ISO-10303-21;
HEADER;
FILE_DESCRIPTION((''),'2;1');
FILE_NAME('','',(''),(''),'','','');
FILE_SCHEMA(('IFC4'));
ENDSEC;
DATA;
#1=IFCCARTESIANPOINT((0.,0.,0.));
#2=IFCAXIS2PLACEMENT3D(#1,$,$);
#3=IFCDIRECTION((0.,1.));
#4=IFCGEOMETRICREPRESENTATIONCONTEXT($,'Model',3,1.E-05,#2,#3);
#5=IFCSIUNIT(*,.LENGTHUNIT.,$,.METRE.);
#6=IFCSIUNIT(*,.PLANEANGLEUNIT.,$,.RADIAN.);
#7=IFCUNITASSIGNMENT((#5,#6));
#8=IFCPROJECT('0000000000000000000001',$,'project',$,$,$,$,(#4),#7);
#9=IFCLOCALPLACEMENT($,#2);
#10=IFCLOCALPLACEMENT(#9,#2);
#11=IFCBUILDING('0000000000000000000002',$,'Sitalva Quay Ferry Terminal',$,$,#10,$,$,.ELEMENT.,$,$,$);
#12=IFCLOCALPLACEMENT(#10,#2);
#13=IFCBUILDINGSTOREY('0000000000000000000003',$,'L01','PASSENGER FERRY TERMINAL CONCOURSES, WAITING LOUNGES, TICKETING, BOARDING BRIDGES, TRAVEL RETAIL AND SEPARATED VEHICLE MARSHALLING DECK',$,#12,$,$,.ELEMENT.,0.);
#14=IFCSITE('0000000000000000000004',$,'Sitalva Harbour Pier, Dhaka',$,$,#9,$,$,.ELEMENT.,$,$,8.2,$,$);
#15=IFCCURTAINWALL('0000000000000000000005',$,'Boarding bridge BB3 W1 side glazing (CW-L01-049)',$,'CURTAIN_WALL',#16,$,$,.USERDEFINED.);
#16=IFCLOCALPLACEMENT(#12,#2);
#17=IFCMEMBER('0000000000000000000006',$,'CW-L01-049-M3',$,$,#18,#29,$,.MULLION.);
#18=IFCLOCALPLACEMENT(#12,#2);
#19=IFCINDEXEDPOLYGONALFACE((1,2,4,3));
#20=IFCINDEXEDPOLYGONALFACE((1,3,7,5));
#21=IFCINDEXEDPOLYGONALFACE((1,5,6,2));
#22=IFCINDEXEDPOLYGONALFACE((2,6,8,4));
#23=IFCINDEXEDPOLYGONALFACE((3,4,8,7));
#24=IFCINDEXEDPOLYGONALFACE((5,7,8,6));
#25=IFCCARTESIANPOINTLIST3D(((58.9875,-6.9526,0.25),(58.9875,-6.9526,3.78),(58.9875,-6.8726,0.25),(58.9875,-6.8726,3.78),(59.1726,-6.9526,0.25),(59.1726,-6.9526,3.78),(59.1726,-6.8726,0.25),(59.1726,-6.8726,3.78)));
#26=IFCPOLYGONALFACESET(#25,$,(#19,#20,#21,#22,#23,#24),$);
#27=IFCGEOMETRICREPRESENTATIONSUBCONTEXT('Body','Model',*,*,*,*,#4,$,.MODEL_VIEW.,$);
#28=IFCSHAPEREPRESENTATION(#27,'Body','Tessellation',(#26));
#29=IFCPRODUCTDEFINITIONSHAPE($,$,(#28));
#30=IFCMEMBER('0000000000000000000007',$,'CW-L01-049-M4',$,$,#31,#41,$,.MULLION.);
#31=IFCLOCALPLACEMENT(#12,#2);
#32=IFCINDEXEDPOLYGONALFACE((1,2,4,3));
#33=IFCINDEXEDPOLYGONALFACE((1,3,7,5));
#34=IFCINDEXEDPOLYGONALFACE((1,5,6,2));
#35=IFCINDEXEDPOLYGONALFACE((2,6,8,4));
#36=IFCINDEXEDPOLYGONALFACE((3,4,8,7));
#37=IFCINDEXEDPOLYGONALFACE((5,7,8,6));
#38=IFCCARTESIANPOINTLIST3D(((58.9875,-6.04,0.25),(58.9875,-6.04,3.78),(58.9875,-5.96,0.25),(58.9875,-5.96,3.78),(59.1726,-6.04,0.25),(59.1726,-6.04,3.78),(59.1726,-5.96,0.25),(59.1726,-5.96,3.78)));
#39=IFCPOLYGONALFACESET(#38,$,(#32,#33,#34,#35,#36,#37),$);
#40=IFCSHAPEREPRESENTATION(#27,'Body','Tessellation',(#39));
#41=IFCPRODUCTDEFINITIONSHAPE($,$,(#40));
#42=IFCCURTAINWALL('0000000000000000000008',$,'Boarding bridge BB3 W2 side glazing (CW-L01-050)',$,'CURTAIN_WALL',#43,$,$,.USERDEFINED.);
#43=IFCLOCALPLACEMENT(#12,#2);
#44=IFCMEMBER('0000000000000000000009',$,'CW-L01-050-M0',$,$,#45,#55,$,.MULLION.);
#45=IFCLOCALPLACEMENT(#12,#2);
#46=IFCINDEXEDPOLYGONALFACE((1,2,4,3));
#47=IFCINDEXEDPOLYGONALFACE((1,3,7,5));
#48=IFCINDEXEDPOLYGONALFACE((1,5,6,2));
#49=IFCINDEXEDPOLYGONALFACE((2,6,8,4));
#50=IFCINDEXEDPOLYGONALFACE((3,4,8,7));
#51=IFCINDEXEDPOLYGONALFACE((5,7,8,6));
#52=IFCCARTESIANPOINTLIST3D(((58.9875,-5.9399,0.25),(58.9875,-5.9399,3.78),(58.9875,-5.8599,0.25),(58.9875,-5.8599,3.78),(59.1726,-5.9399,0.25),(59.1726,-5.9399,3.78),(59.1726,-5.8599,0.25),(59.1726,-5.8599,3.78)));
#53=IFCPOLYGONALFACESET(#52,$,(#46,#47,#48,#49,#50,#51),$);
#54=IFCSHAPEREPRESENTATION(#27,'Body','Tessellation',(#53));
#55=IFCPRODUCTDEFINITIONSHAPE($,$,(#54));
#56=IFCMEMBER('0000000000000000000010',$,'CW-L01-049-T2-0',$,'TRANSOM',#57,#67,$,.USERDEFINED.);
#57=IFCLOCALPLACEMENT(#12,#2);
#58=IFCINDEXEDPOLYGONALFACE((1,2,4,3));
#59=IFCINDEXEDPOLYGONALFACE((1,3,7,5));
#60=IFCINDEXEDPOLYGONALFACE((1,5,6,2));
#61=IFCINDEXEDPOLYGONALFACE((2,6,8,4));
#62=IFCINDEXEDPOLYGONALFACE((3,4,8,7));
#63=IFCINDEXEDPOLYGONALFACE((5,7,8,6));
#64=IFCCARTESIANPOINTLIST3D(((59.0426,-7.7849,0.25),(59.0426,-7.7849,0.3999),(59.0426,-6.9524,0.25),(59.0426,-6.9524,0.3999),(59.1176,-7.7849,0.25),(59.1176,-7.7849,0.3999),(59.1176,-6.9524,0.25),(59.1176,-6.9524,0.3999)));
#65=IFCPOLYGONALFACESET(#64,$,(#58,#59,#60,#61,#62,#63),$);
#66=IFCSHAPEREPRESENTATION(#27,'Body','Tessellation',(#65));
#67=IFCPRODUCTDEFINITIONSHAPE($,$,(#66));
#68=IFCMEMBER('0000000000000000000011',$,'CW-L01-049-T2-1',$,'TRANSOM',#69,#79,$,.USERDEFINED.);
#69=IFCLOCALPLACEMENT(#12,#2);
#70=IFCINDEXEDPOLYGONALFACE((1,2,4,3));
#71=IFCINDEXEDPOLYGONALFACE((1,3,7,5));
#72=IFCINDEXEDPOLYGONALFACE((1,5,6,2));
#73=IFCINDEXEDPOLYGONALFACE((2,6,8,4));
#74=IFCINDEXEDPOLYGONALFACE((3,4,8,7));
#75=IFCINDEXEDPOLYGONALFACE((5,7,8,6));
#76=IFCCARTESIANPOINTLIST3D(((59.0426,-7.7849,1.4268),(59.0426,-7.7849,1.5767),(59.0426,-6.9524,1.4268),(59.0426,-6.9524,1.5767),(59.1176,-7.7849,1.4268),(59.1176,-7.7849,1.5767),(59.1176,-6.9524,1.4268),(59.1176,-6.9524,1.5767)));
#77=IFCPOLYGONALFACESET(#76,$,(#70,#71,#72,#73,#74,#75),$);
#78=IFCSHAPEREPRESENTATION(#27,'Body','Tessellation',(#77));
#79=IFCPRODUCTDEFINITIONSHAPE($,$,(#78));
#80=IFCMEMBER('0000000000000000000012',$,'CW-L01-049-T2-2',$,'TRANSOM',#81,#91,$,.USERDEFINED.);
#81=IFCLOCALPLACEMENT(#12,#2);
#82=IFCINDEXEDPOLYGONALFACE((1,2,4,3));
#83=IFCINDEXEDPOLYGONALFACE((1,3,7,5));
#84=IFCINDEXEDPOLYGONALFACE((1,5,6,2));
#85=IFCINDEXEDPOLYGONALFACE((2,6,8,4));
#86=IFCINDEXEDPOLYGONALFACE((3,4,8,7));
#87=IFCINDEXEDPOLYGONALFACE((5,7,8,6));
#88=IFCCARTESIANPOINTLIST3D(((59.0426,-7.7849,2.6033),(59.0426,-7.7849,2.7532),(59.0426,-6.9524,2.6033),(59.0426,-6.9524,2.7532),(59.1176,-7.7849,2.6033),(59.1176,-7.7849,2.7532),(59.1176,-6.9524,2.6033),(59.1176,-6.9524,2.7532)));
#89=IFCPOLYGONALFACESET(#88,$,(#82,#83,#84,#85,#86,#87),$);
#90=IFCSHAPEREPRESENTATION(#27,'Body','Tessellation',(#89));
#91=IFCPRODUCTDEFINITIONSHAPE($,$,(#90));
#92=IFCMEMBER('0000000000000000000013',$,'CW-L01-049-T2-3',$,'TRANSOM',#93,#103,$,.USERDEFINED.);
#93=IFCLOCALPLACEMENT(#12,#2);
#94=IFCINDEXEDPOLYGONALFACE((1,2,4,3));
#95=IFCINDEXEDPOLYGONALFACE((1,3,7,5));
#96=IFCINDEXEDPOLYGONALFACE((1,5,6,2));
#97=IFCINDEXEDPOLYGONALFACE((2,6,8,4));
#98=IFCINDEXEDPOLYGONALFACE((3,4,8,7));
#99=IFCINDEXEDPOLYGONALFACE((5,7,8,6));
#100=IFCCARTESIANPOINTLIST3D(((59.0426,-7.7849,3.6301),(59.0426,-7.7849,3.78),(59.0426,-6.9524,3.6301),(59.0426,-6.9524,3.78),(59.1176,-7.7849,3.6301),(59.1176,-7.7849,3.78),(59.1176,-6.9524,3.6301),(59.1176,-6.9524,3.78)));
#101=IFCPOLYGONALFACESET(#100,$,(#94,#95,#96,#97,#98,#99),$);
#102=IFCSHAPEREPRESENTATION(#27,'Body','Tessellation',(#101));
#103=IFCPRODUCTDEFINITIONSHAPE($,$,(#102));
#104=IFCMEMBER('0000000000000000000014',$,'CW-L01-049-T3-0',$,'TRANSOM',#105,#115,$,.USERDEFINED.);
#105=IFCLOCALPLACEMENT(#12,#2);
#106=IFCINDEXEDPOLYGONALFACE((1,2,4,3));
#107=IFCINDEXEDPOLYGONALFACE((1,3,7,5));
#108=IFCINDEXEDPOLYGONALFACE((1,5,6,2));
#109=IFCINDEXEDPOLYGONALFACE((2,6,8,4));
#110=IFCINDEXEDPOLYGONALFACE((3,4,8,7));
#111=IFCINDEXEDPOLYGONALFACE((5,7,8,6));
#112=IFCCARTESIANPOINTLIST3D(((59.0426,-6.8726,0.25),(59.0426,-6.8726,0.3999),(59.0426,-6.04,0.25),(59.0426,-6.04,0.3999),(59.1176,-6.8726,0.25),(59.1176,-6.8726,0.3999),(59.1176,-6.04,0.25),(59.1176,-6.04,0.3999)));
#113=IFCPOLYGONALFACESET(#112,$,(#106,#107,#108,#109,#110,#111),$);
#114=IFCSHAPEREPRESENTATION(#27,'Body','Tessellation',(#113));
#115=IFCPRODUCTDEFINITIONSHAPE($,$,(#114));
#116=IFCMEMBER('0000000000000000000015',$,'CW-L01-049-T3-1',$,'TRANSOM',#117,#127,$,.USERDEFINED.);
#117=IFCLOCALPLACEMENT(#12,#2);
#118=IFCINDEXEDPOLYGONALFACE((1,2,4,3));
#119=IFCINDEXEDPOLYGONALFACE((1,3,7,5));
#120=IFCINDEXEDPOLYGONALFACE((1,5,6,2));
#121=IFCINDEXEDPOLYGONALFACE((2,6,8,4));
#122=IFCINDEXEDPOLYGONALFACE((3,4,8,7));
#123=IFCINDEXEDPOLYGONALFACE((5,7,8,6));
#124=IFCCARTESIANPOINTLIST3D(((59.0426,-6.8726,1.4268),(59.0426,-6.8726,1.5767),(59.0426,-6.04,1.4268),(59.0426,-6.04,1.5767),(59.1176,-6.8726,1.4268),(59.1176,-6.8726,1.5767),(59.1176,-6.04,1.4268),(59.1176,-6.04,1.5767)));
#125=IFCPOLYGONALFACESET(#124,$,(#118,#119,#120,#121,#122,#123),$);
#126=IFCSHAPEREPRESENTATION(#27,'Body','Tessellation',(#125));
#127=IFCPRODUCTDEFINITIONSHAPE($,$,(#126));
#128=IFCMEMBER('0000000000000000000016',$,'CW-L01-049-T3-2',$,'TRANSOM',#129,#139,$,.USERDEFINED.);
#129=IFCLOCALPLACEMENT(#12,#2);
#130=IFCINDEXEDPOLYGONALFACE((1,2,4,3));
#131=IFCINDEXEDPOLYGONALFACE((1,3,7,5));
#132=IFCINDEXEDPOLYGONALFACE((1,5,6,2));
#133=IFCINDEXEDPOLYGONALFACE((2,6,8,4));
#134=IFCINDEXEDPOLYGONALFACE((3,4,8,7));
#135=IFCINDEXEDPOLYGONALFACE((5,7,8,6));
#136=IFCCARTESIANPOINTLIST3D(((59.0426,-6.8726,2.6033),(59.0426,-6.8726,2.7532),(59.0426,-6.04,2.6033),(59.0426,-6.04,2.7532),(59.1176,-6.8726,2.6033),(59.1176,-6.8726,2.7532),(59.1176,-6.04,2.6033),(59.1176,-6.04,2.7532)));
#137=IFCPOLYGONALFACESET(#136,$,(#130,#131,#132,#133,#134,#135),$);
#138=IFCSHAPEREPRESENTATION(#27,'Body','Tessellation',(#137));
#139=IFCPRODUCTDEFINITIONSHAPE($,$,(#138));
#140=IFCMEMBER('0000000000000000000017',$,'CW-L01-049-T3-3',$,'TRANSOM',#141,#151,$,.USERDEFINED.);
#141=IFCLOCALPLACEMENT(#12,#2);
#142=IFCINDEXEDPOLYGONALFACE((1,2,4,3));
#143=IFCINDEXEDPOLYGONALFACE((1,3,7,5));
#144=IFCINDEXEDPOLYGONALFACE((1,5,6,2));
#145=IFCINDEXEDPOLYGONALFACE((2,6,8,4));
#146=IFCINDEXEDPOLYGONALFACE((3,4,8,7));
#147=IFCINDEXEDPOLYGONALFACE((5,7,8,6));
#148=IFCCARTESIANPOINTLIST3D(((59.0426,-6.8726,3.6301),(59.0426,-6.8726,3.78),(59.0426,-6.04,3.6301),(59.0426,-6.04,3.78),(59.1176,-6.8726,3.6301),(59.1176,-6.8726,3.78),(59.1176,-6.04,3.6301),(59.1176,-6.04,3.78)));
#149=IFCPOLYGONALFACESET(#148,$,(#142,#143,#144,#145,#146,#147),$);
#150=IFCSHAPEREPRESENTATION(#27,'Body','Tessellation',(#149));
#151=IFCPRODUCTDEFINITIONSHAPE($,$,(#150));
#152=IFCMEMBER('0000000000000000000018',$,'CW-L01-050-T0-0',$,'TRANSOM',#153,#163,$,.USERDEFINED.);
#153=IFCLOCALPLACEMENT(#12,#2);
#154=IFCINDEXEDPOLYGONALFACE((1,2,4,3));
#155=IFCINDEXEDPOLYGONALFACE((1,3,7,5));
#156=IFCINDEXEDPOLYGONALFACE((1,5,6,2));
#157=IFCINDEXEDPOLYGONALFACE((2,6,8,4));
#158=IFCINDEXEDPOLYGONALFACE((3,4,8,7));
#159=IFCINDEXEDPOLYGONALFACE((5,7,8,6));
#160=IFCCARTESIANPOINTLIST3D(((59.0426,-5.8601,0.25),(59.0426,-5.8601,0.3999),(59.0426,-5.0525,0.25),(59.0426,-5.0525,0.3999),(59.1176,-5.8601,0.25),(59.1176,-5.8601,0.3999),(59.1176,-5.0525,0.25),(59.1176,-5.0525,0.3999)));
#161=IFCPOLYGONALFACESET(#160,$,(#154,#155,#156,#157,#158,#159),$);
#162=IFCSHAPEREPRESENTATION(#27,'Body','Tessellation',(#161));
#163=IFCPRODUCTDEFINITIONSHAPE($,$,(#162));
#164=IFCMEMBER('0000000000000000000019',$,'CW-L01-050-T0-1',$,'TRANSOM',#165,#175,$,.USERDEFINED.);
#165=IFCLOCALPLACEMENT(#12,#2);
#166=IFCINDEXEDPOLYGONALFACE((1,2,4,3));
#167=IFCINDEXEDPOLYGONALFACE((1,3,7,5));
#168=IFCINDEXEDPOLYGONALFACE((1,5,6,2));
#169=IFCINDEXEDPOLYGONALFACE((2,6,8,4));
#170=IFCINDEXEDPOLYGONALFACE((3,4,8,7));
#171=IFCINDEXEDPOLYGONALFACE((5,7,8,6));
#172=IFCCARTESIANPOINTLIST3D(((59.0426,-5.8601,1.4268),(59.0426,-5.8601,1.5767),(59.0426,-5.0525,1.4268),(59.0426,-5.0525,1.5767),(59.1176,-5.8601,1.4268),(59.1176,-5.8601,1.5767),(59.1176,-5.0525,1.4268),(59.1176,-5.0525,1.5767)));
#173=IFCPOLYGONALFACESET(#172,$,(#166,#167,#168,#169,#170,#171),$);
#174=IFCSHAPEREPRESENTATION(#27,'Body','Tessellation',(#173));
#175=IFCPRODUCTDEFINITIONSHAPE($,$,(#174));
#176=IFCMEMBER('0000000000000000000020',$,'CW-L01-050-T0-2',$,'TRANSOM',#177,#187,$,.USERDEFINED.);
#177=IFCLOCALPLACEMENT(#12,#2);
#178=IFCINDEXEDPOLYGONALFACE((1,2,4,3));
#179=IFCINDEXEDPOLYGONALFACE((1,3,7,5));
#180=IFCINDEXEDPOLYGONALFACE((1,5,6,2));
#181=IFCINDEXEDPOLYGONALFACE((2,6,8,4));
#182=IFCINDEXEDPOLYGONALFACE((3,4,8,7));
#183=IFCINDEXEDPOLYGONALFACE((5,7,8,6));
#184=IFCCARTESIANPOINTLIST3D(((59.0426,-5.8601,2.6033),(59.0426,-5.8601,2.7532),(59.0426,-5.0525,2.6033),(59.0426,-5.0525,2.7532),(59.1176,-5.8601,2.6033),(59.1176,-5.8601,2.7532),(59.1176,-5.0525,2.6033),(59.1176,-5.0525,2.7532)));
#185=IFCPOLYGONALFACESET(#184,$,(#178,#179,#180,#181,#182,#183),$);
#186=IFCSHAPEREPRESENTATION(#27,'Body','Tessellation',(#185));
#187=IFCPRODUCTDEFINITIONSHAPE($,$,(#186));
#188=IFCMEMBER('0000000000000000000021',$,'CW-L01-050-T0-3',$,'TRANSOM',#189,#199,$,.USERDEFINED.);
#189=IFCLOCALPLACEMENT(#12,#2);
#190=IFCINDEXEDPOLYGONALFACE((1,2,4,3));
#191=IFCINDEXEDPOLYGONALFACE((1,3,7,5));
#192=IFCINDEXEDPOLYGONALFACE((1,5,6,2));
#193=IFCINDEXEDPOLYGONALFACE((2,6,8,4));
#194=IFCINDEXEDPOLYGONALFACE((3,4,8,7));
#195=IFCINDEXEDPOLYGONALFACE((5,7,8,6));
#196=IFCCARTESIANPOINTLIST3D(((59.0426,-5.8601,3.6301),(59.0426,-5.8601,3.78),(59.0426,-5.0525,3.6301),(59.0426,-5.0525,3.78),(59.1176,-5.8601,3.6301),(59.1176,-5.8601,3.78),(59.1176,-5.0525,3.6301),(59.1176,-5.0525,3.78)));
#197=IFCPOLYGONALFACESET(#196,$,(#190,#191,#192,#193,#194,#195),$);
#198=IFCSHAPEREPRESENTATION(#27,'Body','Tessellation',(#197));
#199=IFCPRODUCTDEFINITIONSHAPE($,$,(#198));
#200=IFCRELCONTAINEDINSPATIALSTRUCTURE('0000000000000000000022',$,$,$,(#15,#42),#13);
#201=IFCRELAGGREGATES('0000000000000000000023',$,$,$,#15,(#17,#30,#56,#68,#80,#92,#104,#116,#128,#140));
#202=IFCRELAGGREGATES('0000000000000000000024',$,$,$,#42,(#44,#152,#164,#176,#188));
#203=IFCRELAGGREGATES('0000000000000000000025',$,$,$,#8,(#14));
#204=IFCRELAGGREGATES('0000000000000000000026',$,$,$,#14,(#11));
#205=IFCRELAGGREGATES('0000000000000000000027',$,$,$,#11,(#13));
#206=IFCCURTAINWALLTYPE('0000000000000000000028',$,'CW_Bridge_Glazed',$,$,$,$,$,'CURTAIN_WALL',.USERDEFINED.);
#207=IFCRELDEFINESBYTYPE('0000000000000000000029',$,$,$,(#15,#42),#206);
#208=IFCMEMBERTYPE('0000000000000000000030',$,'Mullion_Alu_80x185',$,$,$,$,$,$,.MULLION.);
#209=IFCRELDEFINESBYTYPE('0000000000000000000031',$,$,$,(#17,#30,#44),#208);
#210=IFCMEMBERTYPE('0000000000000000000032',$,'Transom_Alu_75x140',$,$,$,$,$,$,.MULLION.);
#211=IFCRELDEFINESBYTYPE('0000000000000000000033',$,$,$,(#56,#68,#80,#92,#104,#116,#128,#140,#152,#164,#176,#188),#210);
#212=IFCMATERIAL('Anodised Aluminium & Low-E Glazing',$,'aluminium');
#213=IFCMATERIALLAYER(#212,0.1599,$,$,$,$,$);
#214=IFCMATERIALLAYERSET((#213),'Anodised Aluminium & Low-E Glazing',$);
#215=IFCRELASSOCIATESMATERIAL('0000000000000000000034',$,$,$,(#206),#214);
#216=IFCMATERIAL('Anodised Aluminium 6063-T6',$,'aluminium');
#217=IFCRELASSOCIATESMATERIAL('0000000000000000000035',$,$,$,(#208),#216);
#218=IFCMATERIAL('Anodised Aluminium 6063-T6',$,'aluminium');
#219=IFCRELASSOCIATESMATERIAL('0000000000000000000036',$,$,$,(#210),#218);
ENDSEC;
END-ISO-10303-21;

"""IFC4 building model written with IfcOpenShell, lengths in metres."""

from ifc_helpers import new_model, si_unit, direction, frame, origin, origin_2d, place, context, subcontext, project, spatial, rectangle, extrude, material, layer, layer_set, material_profile, profile_set, type_object, element, aggregate, save


model = new_model("IFC4")

# Units and contexts
model_context = context("Model", 3, precision=1e-05, world=origin(), true_north=direction((0.0, 1.0)))
body_context = subcontext(model_context, "Body", "Model", "MODEL_VIEW")
ifc_project = project(units=[si_unit("LENGTHUNIT", "METRE"), si_unit("PLANEANGLEUNIT", "RADIAN")], contexts=[model_context])

# Site, building, storey
site_placement = place(None, origin())
site = spatial("IfcSite", under=ifc_project, at=site_placement, Name="Sitalva Harbour Pier, Dhaka", CompositionType="ELEMENT", RefElevation=8.2)
building_placement = place(site_placement, origin())
building = spatial("IfcBuilding", under=site, at=building_placement, Name="Sitalva Quay Ferry Terminal", CompositionType="ELEMENT")
storey_placement = place(building_placement, origin())
storey = spatial("IfcBuildingStorey", under=building, at=storey_placement, Name="L01", Description="PASSENGER FERRY TERMINAL CONCOURSES, WAITING LOUNGES, TICKETING, BOARDING BRIDGES, TRAVEL RETAIL AND SEPARATED VEHICLE MARSHALLING DECK", CompositionType="ELEMENT", Elevation=0.0)

# Curtain wall, members
ifc_material_1 = material(Name="Anodised Aluminium & Low-E Glazing", Category="aluminium")
ifc_layer_1 = layer(ifc_material_1, 0.1599)
ifc_layer_set_1 = layer_set([ifc_layer_1], Name="Anodised Aluminium & Low-E Glazing")
curtain_wall_type = type_object("IfcCurtainWallType", Name="CW_Bridge_Glazed", ElementType="CURTAIN_WALL", PredefinedType="USERDEFINED", material=ifc_layer_set_1)
curtain_wall_1_placement = place(storey_placement, origin())
curtain_wall_1 = element("IfcCurtainWall", 1, at=curtain_wall_1_placement, inside=storey, type_object=curtain_wall_type, Name="Boarding bridge BB3 W1 side glazing (CW-L01-049)", ObjectType="CURTAIN_WALL", PredefinedType="USERDEFINED")
ifc_material_2 = material(Name="Anodised Aluminium 6063-T6", Category="aluminium")
ifc_material_profile_1 = material_profile(ifc_material_2, rectangle(XDim=0.0801, YDim=0.1851, at=origin_2d()), Name="ALU80x185")
ifc_profile_set_1 = profile_set([ifc_material_profile_1], Name="Anodised Aluminium 6063-T6")
member_type_1 = type_object("IfcMemberType", Name="Mullion_Alu_80x185", PredefinedType="MULLION", material=ifc_profile_set_1)
member_1_placement = place(storey_placement, frame((59.0801, -6.9126, 0.25), z_axis=(0.0, 0.0, 1.0), x_axis=(0.0, 1.0, 0.0)))
member_1 = element("IfcMember", 2, at=member_1_placement, type_object=member_type_1, Name="CW-L01-049-M3", PredefinedType="MULLION", context=body_context, shape_type="SweptSolid", body=[
    extrude(rectangle(XDim=0.0801, YDim=0.1851, at=origin_2d()), origin(), (0.0, 0.0, 1.0), 3.53),
])
member_2_placement = place(storey_placement, frame((59.0801, -6.0, 0.25), z_axis=(0.0, 0.0, 1.0), x_axis=(0.0, 1.0, 0.0)))
member_2 = element("IfcMember", 3, at=member_2_placement, type_object=member_type_1, Name="CW-L01-049-M4", PredefinedType="MULLION", context=body_context, shape_type="SweptSolid", body=[
    extrude(rectangle(XDim=0.0801, YDim=0.1851, at=origin_2d()), origin(), (0.0, 0.0, 1.0), 3.53),
])

# Curtain wall, member
curtain_wall_2_placement = place(storey_placement, origin())
curtain_wall_2 = element("IfcCurtainWall", 4, at=curtain_wall_2_placement, inside=storey, type_object=curtain_wall_type, Name="Boarding bridge BB3 W2 side glazing (CW-L01-050)", ObjectType="CURTAIN_WALL", PredefinedType="USERDEFINED")
member_3_placement = place(storey_placement, frame((59.0801, -5.8999, 0.25), z_axis=(0.0, 0.0, 1.0), x_axis=(0.0, 1.0, 0.0)))
member_3 = element("IfcMember", 5, at=member_3_placement, type_object=member_type_1, Name="CW-L01-050-M0", PredefinedType="MULLION", context=body_context, shape_type="SweptSolid", body=[
    extrude(rectangle(XDim=0.0801, YDim=0.1851, at=origin_2d()), origin(), (0.0, 0.0, 1.0), 3.53),
])

# Members
ifc_material_3 = material(Name="Anodised Aluminium 6063-T6", Category="aluminium")
ifc_material_profile_2 = material_profile(ifc_material_3, rectangle(XDim=0.075, YDim=0.1499, at=origin_2d()), Name="ALU75x150")
ifc_profile_set_2 = profile_set([ifc_material_profile_2], Name="Anodised Aluminium 6063-T6")
member_type_2 = type_object("IfcMemberType", Name="Transom_Alu_75x140", PredefinedType="MULLION", material=ifc_profile_set_2)
member_4_placement = place(storey_placement, frame((59.0801, -7.7849, 0.325), z_axis=(0.0, 1.0, 0.0), x_axis=(-1.0, 0.0, 0.0)))
member_4 = element("IfcMember", 6, at=member_4_placement, type_object=member_type_2, Name="CW-L01-049-T2-0", ObjectType="TRANSOM", PredefinedType="USERDEFINED", context=body_context, shape_type="SweptSolid", body=[
    extrude(rectangle(XDim=0.075, YDim=0.1499, at=origin_2d()), origin(), (0.0, 0.0, 1.0), 0.8325),
])
member_5_placement = place(storey_placement, frame((59.0801, -7.7849, 1.5017), z_axis=(0.0, 1.0, 0.0), x_axis=(-1.0, 0.0, 0.0)))
member_5 = element("IfcMember", 7, at=member_5_placement, type_object=member_type_2, Name="CW-L01-049-T2-1", ObjectType="TRANSOM", PredefinedType="USERDEFINED", context=body_context, shape_type="SweptSolid", body=[
    extrude(rectangle(XDim=0.075, YDim=0.1499, at=origin_2d()), origin(), (0.0, 0.0, 1.0), 0.8325),
])
member_6_placement = place(storey_placement, frame((59.0801, -7.7849, 2.6782), z_axis=(0.0, 1.0, 0.0), x_axis=(-1.0, 0.0, 0.0)))
member_6 = element("IfcMember", 8, at=member_6_placement, type_object=member_type_2, Name="CW-L01-049-T2-2", ObjectType="TRANSOM", PredefinedType="USERDEFINED", context=body_context, shape_type="SweptSolid", body=[
    extrude(rectangle(XDim=0.075, YDim=0.1499, at=origin_2d()), origin(), (0.0, 0.0, 1.0), 0.8325),
])
member_7_placement = place(storey_placement, frame((59.0801, -7.7849, 3.7051), z_axis=(0.0, 1.0, 0.0), x_axis=(-1.0, 0.0, 0.0)))
member_7 = element("IfcMember", 9, at=member_7_placement, type_object=member_type_2, Name="CW-L01-049-T2-3", ObjectType="TRANSOM", PredefinedType="USERDEFINED", context=body_context, shape_type="SweptSolid", body=[
    extrude(rectangle(XDim=0.075, YDim=0.1499, at=origin_2d()), origin(), (0.0, 0.0, 1.0), 0.8325),
])
member_8_placement = place(storey_placement, frame((59.0801, -6.8726, 0.325), z_axis=(0.0, 1.0, 0.0), x_axis=(-1.0, 0.0, 0.0)))
member_8 = element("IfcMember", 10, at=member_8_placement, type_object=member_type_2, Name="CW-L01-049-T3-0", ObjectType="TRANSOM", PredefinedType="USERDEFINED", context=body_context, shape_type="SweptSolid", body=[
    extrude(rectangle(XDim=0.075, YDim=0.1499, at=origin_2d()), origin(), (0.0, 0.0, 1.0), 0.8325),
])
member_9_placement = place(storey_placement, frame((59.0801, -6.8726, 1.5017), z_axis=(0.0, 1.0, 0.0), x_axis=(-1.0, 0.0, 0.0)))
member_9 = element("IfcMember", 11, at=member_9_placement, type_object=member_type_2, Name="CW-L01-049-T3-1", ObjectType="TRANSOM", PredefinedType="USERDEFINED", context=body_context, shape_type="SweptSolid", body=[
    extrude(rectangle(XDim=0.075, YDim=0.1499, at=origin_2d()), origin(), (0.0, 0.0, 1.0), 0.8325),
])
member_10_placement = place(storey_placement, frame((59.0801, -6.8726, 2.6782), z_axis=(0.0, 1.0, 0.0), x_axis=(-1.0, 0.0, 0.0)))
member_10 = element("IfcMember", 12, at=member_10_placement, type_object=member_type_2, Name="CW-L01-049-T3-2", ObjectType="TRANSOM", PredefinedType="USERDEFINED", context=body_context, shape_type="SweptSolid", body=[
    extrude(rectangle(XDim=0.075, YDim=0.1499, at=origin_2d()), origin(), (0.0, 0.0, 1.0), 0.8325),
])
member_11_placement = place(storey_placement, frame((59.0801, -6.8726, 3.7051), z_axis=(0.0, 1.0, 0.0), x_axis=(-1.0, 0.0, 0.0)))
member_11 = element("IfcMember", 13, at=member_11_placement, type_object=member_type_2, Name="CW-L01-049-T3-3", ObjectType="TRANSOM", PredefinedType="USERDEFINED", context=body_context, shape_type="SweptSolid", body=[
    extrude(rectangle(XDim=0.075, YDim=0.1499, at=origin_2d()), origin(), (0.0, 0.0, 1.0), 0.8325),
])
member_12_placement = place(storey_placement, frame((59.0801, -5.8601, 0.325), z_axis=(0.0, 1.0, 0.0), x_axis=(-1.0, 0.0, 0.0)))
member_12 = element("IfcMember", 14, at=member_12_placement, type_object=member_type_2, Name="CW-L01-050-T0-0", ObjectType="TRANSOM", PredefinedType="USERDEFINED", context=body_context, shape_type="SweptSolid", body=[
    extrude(rectangle(XDim=0.075, YDim=0.1499, at=origin_2d()), origin(), (0.0, 0.0, 1.0), 0.8076),
])
member_13_placement = place(storey_placement, frame((59.0801, -5.8601, 1.5017), z_axis=(0.0, 1.0, 0.0), x_axis=(-1.0, 0.0, 0.0)))
member_13 = element("IfcMember", 15, at=member_13_placement, type_object=member_type_2, Name="CW-L01-050-T0-1", ObjectType="TRANSOM", PredefinedType="USERDEFINED", context=body_context, shape_type="SweptSolid", body=[
    extrude(rectangle(XDim=0.075, YDim=0.1499, at=origin_2d()), origin(), (0.0, 0.0, 1.0), 0.8076),
])
member_14_placement = place(storey_placement, frame((59.0801, -5.8601, 2.6782), z_axis=(0.0, 1.0, 0.0), x_axis=(-1.0, 0.0, 0.0)))
member_14 = element("IfcMember", 16, at=member_14_placement, type_object=member_type_2, Name="CW-L01-050-T0-2", ObjectType="TRANSOM", PredefinedType="USERDEFINED", context=body_context, shape_type="SweptSolid", body=[
    extrude(rectangle(XDim=0.075, YDim=0.1499, at=origin_2d()), origin(), (0.0, 0.0, 1.0), 0.8076),
])
member_15_placement = place(storey_placement, frame((59.0801, -5.8601, 3.7051), z_axis=(0.0, 1.0, 0.0), x_axis=(-1.0, 0.0, 0.0)))
member_15 = element("IfcMember", 17, at=member_15_placement, type_object=member_type_2, Name="CW-L01-050-T0-3", ObjectType="TRANSOM", PredefinedType="USERDEFINED", context=body_context, shape_type="SweptSolid", body=[
    extrude(rectangle(XDim=0.075, YDim=0.1499, at=origin_2d()), origin(), (0.0, 0.0, 1.0), 0.8076),
])

aggregate(curtain_wall_1, [member_1, member_2, member_4, member_5, member_6, member_7, member_8, member_9, member_10, member_11])
aggregate(curtain_wall_2, [member_3, member_12, member_13, member_14, member_15])

save(model, "model.ifc")
